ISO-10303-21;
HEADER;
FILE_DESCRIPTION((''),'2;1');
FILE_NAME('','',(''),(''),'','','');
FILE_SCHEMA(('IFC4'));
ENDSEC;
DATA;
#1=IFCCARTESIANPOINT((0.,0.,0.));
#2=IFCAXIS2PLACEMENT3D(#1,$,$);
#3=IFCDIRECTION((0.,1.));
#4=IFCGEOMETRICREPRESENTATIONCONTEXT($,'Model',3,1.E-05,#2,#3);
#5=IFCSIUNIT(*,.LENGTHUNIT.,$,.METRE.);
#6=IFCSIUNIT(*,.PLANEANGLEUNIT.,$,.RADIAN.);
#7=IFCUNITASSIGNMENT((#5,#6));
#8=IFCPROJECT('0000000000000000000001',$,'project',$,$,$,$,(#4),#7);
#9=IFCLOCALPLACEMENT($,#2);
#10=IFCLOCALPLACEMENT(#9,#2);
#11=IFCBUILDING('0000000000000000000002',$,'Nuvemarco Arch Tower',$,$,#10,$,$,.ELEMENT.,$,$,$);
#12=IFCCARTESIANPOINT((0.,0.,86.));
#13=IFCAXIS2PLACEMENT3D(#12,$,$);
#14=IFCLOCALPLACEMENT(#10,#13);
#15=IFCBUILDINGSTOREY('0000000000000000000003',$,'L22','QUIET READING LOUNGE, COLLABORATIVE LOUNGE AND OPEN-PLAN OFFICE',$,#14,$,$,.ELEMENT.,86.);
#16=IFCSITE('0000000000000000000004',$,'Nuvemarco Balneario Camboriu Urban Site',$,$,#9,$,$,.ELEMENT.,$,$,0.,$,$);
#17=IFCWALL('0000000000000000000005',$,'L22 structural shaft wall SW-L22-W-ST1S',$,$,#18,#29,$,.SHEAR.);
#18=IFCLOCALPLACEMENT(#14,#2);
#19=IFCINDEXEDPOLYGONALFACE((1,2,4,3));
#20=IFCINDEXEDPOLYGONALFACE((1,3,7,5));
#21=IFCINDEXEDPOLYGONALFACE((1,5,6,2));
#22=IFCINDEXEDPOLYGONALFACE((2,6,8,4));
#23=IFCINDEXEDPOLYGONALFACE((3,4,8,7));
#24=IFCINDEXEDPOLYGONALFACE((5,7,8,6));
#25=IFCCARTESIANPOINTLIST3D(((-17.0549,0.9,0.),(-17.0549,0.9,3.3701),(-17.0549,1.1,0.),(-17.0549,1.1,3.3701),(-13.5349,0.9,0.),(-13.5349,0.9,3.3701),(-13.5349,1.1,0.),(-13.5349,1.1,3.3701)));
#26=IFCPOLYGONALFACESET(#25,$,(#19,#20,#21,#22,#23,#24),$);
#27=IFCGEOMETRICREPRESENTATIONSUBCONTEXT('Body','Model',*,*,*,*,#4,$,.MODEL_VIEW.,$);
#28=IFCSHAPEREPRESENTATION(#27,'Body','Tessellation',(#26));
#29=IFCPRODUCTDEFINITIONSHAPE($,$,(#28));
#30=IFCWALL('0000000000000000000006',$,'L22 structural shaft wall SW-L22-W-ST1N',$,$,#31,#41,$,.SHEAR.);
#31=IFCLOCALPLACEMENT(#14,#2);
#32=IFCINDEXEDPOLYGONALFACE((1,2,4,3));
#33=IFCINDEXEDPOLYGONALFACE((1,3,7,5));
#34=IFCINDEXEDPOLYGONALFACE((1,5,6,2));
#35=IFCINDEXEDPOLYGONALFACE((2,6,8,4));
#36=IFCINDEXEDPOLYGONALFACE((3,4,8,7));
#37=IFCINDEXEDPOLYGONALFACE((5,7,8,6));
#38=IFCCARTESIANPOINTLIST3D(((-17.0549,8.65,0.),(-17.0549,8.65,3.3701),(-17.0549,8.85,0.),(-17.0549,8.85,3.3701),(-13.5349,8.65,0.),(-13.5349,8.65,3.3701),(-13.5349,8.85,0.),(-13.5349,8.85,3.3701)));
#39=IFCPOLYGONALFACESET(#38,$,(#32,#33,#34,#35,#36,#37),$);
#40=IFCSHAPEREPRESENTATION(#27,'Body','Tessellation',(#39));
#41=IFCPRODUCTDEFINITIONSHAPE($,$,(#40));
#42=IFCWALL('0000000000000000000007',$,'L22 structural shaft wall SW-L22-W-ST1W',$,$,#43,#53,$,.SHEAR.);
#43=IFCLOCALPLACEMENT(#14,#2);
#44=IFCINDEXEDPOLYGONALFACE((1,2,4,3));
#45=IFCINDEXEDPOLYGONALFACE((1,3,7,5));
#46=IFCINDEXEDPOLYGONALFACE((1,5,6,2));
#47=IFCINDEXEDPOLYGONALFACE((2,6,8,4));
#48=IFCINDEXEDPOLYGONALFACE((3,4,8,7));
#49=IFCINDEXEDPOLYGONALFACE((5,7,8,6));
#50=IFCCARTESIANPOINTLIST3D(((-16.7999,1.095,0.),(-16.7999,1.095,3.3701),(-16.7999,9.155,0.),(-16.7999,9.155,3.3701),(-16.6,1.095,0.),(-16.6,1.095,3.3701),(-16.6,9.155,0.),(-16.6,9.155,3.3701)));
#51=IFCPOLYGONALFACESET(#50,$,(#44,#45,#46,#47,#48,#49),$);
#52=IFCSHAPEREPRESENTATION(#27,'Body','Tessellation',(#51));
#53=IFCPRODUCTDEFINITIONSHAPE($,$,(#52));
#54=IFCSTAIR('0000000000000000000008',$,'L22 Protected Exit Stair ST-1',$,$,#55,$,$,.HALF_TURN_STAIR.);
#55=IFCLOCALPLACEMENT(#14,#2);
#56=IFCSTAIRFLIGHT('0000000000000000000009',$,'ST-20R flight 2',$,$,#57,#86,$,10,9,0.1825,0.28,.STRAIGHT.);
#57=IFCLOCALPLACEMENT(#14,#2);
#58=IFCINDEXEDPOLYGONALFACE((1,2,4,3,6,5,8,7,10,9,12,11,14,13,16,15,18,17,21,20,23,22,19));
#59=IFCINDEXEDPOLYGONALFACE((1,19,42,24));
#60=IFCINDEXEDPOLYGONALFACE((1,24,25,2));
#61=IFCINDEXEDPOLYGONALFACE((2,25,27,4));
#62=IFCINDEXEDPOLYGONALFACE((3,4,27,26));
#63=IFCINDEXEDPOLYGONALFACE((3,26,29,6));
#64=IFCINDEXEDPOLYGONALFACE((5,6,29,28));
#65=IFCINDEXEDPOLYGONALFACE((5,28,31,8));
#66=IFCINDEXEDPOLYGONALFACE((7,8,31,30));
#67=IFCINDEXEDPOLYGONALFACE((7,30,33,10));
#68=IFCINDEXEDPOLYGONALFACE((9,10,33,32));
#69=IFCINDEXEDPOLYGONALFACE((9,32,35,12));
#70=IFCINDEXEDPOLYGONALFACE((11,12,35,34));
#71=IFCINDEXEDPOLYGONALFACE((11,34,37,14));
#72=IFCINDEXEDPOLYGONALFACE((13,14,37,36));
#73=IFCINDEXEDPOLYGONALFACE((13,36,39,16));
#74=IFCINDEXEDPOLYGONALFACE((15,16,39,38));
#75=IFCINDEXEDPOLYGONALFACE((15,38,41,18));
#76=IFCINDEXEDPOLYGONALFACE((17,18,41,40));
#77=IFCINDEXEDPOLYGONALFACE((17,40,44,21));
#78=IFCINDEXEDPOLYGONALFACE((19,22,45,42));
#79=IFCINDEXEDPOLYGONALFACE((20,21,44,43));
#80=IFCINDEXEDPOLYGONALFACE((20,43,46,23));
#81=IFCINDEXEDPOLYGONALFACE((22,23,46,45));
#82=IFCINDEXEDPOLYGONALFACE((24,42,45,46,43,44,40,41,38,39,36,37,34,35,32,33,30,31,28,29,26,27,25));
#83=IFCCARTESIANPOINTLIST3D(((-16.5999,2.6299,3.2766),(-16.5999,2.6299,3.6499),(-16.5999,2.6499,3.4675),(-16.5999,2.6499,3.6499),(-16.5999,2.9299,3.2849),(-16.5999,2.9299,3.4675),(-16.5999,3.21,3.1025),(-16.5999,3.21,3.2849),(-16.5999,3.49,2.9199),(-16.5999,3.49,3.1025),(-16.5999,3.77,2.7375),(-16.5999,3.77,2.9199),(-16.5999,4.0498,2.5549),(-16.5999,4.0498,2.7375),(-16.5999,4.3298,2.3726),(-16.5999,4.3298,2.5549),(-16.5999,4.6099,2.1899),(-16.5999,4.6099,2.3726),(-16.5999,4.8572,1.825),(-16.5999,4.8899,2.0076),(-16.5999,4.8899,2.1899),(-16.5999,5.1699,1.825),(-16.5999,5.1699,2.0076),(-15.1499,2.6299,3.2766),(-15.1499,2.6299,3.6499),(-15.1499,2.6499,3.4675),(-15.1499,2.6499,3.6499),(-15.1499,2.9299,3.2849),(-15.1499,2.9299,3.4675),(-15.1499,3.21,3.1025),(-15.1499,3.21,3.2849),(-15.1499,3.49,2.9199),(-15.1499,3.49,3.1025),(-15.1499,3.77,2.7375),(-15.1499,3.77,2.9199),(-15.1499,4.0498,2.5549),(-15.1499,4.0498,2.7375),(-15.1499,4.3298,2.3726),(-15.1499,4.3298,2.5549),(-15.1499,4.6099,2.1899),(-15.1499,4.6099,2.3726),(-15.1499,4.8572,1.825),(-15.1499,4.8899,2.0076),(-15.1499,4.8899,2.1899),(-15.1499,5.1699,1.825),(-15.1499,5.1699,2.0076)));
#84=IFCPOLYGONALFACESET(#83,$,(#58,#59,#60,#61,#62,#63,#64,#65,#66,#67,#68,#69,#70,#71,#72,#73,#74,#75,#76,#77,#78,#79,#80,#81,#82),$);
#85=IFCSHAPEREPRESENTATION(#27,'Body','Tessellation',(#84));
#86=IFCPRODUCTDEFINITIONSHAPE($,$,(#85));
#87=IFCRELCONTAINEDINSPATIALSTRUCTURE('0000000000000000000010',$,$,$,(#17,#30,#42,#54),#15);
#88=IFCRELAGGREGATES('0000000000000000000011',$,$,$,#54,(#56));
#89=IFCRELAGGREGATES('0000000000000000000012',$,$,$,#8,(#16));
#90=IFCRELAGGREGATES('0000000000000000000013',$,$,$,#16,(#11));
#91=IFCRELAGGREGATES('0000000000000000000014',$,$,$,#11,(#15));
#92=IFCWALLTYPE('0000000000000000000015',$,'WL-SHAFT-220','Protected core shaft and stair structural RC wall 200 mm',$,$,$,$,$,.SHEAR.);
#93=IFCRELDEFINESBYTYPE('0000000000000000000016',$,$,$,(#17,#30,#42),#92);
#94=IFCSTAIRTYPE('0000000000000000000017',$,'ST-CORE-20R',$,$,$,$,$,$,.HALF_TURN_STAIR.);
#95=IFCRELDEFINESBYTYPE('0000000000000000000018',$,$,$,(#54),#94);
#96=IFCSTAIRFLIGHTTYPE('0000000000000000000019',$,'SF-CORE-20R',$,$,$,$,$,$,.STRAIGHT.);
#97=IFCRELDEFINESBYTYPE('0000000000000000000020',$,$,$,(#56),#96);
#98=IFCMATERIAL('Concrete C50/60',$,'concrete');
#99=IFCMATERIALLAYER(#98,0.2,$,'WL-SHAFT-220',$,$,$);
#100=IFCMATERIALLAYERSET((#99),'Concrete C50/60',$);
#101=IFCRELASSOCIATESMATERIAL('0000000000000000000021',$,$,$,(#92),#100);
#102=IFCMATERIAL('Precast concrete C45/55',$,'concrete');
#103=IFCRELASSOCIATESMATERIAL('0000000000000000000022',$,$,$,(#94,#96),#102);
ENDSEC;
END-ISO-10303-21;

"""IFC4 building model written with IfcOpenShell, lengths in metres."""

from ifc_helpers import new_model, si_unit, direction, frame, frame_2d, origin, place, context, subcontext, project, spatial, polyline, rectangle, outline, extrude, material, layer, layer_set, type_object, element, aggregate, save


model = new_model("IFC4")

# Units and contexts
model_context = context("Model", 3, precision=1e-05, world=origin(), true_north=direction((0.0, 1.0)))
body_context = subcontext(model_context, "Body", "Model", "MODEL_VIEW")
ifc_project = project(units=[si_unit("LENGTHUNIT", "METRE"), si_unit("PLANEANGLEUNIT", "RADIAN")], contexts=[model_context])

# Site, building, storey
site_placement = place(None, origin())
site = spatial("IfcSite", under=ifc_project, at=site_placement, Name="Nuvemarco Balneario Camboriu Urban Site", CompositionType="ELEMENT", RefElevation=0.0)
building_placement = place(site_placement, origin())
building = spatial("IfcBuilding", under=site, at=building_placement, Name="Nuvemarco Arch Tower", CompositionType="ELEMENT")
storey_placement = place(building_placement, frame((0.0, 0.0, 86.0)))
storey = spatial("IfcBuildingStorey", under=building, at=storey_placement, Name="L22", Description="QUIET READING LOUNGE, COLLABORATIVE LOUNGE AND OPEN-PLAN OFFICE", CompositionType="ELEMENT", Elevation=86.0)

# Shared definitions
ifc_material_1 = material(Name="Precast concrete C45/55", Category="concrete")

# Walls
ifc_material_2 = material(Name="Concrete C50/60", Category="concrete")
ifc_layer_1 = layer(ifc_material_2, 0.2, Name="WL-SHAFT-220")
ifc_layer_set_1 = layer_set([ifc_layer_1], Name="Concrete C50/60")
wall_type_1 = type_object("IfcWallType", Name="WL-SHAFT-220", Description="Protected core shaft and stair structural RC wall 200 mm", PredefinedType="SHEAR", material=ifc_layer_set_1)
for number, where, z_axis, x_axis, name in (
    (1, (-17.0549, 1.0, 0.0), (0.0, 0.0, 1.0), (1.0, 0.0, 0.0), "L22 structural shaft wall SW-L22-W-ST1S"),
    (2, (-17.0549, 8.75, 0.0), (0.0, 0.0, 1.0), (1.0, 0.0, 0.0), "L22 structural shaft wall SW-L22-W-ST1N"),
):
    element("IfcWall", number, at=place(storey_placement, frame(where, z_axis=z_axis, x_axis=x_axis)), inside=storey, type_object=wall_type_1, Name=name, PredefinedType="SHEAR", context=body_context, shape_type="SweptSolid", body=[
        extrude(rectangle(XDim=3.52, YDim=0.2, at=frame_2d((1.76, 0.0))), origin(), (0.0, 0.0, 1.0), 3.3701),
    ])
wall_1_placement = place(storey_placement, frame((-16.7, 1.095, 0.0), z_axis=(0.0, 0.0, 1.0), x_axis=(0.0, 1.0, 0.0)))
element("IfcWall", 3, at=wall_1_placement, inside=storey, type_object=wall_type_1, Name="L22 structural shaft wall SW-L22-W-ST1W", PredefinedType="SHEAR", context=body_context, shape_type="SweptSolid", body=[
    extrude(rectangle(XDim=8.0601, YDim=0.2, at=frame_2d((4.03, 0.0))), origin(), (0.0, 0.0, 1.0), 3.3701),
])

# Stair, stair flight
stair_type = type_object("IfcStairType", Name="ST-CORE-20R", PredefinedType="HALF_TURN_STAIR", material=ifc_material_1)
stair_placement = place(storey_placement, origin())
stair = element("IfcStair", 4, at=stair_placement, inside=storey, type_object=stair_type, Name="L22 Protected Exit Stair ST-1", PredefinedType="HALF_TURN_STAIR")
stair_flight_type = type_object("IfcStairFlightType", Name="SF-CORE-20R", PredefinedType="STRAIGHT", material=ifc_material_1)
stair_flight_placement = place(storey_placement, frame((-15.875, 5.1699, 1.825), z_axis=(0.0, 0.0, 1.0), x_axis=(0.0, -1.0, 0.0)))
stair_flight = element("IfcStairFlight", 5, at=stair_flight_placement, type_object=stair_flight_type, Name="ST-20R flight 2", NumberOfRisers=10, NumberOfTreads=9, PredefinedType="STRAIGHT", RiserHeight=0.1825, TreadLength=0.28, context=body_context, shape_type="SweptSolid", body=[
    extrude(outline(polyline([(0.0, 0.0), (0.0, 0.1826), (0.28, 0.1826), (0.28, 0.365), (0.5601, 0.365), (0.5601, 0.5476), (0.8401, 0.5476), (0.8401, 0.73), (1.1201, 0.73), (1.1201, 0.9126), (1.3999, 0.9126), (1.3999, 1.095), (1.6799, 1.095), (1.6799, 1.2776), (1.96, 1.2776), (1.96, 1.46), (2.24, 1.46), (2.24, 1.6426), (2.52, 1.6426), (2.52, 1.825), (2.54, 1.825), (2.54, 1.4517), (0.3127, 0.0), (0.0, 0.0)])), frame((0.0, 0.7251, 0.0), z_axis=(0.0, -1.0, 0.0), x_axis=(1.0, 0.0, 0.0)), (0.0, 0.0, 1.0), 1.45),
])
aggregate(stair, [stair_flight])

save(model, "model.ifc")
